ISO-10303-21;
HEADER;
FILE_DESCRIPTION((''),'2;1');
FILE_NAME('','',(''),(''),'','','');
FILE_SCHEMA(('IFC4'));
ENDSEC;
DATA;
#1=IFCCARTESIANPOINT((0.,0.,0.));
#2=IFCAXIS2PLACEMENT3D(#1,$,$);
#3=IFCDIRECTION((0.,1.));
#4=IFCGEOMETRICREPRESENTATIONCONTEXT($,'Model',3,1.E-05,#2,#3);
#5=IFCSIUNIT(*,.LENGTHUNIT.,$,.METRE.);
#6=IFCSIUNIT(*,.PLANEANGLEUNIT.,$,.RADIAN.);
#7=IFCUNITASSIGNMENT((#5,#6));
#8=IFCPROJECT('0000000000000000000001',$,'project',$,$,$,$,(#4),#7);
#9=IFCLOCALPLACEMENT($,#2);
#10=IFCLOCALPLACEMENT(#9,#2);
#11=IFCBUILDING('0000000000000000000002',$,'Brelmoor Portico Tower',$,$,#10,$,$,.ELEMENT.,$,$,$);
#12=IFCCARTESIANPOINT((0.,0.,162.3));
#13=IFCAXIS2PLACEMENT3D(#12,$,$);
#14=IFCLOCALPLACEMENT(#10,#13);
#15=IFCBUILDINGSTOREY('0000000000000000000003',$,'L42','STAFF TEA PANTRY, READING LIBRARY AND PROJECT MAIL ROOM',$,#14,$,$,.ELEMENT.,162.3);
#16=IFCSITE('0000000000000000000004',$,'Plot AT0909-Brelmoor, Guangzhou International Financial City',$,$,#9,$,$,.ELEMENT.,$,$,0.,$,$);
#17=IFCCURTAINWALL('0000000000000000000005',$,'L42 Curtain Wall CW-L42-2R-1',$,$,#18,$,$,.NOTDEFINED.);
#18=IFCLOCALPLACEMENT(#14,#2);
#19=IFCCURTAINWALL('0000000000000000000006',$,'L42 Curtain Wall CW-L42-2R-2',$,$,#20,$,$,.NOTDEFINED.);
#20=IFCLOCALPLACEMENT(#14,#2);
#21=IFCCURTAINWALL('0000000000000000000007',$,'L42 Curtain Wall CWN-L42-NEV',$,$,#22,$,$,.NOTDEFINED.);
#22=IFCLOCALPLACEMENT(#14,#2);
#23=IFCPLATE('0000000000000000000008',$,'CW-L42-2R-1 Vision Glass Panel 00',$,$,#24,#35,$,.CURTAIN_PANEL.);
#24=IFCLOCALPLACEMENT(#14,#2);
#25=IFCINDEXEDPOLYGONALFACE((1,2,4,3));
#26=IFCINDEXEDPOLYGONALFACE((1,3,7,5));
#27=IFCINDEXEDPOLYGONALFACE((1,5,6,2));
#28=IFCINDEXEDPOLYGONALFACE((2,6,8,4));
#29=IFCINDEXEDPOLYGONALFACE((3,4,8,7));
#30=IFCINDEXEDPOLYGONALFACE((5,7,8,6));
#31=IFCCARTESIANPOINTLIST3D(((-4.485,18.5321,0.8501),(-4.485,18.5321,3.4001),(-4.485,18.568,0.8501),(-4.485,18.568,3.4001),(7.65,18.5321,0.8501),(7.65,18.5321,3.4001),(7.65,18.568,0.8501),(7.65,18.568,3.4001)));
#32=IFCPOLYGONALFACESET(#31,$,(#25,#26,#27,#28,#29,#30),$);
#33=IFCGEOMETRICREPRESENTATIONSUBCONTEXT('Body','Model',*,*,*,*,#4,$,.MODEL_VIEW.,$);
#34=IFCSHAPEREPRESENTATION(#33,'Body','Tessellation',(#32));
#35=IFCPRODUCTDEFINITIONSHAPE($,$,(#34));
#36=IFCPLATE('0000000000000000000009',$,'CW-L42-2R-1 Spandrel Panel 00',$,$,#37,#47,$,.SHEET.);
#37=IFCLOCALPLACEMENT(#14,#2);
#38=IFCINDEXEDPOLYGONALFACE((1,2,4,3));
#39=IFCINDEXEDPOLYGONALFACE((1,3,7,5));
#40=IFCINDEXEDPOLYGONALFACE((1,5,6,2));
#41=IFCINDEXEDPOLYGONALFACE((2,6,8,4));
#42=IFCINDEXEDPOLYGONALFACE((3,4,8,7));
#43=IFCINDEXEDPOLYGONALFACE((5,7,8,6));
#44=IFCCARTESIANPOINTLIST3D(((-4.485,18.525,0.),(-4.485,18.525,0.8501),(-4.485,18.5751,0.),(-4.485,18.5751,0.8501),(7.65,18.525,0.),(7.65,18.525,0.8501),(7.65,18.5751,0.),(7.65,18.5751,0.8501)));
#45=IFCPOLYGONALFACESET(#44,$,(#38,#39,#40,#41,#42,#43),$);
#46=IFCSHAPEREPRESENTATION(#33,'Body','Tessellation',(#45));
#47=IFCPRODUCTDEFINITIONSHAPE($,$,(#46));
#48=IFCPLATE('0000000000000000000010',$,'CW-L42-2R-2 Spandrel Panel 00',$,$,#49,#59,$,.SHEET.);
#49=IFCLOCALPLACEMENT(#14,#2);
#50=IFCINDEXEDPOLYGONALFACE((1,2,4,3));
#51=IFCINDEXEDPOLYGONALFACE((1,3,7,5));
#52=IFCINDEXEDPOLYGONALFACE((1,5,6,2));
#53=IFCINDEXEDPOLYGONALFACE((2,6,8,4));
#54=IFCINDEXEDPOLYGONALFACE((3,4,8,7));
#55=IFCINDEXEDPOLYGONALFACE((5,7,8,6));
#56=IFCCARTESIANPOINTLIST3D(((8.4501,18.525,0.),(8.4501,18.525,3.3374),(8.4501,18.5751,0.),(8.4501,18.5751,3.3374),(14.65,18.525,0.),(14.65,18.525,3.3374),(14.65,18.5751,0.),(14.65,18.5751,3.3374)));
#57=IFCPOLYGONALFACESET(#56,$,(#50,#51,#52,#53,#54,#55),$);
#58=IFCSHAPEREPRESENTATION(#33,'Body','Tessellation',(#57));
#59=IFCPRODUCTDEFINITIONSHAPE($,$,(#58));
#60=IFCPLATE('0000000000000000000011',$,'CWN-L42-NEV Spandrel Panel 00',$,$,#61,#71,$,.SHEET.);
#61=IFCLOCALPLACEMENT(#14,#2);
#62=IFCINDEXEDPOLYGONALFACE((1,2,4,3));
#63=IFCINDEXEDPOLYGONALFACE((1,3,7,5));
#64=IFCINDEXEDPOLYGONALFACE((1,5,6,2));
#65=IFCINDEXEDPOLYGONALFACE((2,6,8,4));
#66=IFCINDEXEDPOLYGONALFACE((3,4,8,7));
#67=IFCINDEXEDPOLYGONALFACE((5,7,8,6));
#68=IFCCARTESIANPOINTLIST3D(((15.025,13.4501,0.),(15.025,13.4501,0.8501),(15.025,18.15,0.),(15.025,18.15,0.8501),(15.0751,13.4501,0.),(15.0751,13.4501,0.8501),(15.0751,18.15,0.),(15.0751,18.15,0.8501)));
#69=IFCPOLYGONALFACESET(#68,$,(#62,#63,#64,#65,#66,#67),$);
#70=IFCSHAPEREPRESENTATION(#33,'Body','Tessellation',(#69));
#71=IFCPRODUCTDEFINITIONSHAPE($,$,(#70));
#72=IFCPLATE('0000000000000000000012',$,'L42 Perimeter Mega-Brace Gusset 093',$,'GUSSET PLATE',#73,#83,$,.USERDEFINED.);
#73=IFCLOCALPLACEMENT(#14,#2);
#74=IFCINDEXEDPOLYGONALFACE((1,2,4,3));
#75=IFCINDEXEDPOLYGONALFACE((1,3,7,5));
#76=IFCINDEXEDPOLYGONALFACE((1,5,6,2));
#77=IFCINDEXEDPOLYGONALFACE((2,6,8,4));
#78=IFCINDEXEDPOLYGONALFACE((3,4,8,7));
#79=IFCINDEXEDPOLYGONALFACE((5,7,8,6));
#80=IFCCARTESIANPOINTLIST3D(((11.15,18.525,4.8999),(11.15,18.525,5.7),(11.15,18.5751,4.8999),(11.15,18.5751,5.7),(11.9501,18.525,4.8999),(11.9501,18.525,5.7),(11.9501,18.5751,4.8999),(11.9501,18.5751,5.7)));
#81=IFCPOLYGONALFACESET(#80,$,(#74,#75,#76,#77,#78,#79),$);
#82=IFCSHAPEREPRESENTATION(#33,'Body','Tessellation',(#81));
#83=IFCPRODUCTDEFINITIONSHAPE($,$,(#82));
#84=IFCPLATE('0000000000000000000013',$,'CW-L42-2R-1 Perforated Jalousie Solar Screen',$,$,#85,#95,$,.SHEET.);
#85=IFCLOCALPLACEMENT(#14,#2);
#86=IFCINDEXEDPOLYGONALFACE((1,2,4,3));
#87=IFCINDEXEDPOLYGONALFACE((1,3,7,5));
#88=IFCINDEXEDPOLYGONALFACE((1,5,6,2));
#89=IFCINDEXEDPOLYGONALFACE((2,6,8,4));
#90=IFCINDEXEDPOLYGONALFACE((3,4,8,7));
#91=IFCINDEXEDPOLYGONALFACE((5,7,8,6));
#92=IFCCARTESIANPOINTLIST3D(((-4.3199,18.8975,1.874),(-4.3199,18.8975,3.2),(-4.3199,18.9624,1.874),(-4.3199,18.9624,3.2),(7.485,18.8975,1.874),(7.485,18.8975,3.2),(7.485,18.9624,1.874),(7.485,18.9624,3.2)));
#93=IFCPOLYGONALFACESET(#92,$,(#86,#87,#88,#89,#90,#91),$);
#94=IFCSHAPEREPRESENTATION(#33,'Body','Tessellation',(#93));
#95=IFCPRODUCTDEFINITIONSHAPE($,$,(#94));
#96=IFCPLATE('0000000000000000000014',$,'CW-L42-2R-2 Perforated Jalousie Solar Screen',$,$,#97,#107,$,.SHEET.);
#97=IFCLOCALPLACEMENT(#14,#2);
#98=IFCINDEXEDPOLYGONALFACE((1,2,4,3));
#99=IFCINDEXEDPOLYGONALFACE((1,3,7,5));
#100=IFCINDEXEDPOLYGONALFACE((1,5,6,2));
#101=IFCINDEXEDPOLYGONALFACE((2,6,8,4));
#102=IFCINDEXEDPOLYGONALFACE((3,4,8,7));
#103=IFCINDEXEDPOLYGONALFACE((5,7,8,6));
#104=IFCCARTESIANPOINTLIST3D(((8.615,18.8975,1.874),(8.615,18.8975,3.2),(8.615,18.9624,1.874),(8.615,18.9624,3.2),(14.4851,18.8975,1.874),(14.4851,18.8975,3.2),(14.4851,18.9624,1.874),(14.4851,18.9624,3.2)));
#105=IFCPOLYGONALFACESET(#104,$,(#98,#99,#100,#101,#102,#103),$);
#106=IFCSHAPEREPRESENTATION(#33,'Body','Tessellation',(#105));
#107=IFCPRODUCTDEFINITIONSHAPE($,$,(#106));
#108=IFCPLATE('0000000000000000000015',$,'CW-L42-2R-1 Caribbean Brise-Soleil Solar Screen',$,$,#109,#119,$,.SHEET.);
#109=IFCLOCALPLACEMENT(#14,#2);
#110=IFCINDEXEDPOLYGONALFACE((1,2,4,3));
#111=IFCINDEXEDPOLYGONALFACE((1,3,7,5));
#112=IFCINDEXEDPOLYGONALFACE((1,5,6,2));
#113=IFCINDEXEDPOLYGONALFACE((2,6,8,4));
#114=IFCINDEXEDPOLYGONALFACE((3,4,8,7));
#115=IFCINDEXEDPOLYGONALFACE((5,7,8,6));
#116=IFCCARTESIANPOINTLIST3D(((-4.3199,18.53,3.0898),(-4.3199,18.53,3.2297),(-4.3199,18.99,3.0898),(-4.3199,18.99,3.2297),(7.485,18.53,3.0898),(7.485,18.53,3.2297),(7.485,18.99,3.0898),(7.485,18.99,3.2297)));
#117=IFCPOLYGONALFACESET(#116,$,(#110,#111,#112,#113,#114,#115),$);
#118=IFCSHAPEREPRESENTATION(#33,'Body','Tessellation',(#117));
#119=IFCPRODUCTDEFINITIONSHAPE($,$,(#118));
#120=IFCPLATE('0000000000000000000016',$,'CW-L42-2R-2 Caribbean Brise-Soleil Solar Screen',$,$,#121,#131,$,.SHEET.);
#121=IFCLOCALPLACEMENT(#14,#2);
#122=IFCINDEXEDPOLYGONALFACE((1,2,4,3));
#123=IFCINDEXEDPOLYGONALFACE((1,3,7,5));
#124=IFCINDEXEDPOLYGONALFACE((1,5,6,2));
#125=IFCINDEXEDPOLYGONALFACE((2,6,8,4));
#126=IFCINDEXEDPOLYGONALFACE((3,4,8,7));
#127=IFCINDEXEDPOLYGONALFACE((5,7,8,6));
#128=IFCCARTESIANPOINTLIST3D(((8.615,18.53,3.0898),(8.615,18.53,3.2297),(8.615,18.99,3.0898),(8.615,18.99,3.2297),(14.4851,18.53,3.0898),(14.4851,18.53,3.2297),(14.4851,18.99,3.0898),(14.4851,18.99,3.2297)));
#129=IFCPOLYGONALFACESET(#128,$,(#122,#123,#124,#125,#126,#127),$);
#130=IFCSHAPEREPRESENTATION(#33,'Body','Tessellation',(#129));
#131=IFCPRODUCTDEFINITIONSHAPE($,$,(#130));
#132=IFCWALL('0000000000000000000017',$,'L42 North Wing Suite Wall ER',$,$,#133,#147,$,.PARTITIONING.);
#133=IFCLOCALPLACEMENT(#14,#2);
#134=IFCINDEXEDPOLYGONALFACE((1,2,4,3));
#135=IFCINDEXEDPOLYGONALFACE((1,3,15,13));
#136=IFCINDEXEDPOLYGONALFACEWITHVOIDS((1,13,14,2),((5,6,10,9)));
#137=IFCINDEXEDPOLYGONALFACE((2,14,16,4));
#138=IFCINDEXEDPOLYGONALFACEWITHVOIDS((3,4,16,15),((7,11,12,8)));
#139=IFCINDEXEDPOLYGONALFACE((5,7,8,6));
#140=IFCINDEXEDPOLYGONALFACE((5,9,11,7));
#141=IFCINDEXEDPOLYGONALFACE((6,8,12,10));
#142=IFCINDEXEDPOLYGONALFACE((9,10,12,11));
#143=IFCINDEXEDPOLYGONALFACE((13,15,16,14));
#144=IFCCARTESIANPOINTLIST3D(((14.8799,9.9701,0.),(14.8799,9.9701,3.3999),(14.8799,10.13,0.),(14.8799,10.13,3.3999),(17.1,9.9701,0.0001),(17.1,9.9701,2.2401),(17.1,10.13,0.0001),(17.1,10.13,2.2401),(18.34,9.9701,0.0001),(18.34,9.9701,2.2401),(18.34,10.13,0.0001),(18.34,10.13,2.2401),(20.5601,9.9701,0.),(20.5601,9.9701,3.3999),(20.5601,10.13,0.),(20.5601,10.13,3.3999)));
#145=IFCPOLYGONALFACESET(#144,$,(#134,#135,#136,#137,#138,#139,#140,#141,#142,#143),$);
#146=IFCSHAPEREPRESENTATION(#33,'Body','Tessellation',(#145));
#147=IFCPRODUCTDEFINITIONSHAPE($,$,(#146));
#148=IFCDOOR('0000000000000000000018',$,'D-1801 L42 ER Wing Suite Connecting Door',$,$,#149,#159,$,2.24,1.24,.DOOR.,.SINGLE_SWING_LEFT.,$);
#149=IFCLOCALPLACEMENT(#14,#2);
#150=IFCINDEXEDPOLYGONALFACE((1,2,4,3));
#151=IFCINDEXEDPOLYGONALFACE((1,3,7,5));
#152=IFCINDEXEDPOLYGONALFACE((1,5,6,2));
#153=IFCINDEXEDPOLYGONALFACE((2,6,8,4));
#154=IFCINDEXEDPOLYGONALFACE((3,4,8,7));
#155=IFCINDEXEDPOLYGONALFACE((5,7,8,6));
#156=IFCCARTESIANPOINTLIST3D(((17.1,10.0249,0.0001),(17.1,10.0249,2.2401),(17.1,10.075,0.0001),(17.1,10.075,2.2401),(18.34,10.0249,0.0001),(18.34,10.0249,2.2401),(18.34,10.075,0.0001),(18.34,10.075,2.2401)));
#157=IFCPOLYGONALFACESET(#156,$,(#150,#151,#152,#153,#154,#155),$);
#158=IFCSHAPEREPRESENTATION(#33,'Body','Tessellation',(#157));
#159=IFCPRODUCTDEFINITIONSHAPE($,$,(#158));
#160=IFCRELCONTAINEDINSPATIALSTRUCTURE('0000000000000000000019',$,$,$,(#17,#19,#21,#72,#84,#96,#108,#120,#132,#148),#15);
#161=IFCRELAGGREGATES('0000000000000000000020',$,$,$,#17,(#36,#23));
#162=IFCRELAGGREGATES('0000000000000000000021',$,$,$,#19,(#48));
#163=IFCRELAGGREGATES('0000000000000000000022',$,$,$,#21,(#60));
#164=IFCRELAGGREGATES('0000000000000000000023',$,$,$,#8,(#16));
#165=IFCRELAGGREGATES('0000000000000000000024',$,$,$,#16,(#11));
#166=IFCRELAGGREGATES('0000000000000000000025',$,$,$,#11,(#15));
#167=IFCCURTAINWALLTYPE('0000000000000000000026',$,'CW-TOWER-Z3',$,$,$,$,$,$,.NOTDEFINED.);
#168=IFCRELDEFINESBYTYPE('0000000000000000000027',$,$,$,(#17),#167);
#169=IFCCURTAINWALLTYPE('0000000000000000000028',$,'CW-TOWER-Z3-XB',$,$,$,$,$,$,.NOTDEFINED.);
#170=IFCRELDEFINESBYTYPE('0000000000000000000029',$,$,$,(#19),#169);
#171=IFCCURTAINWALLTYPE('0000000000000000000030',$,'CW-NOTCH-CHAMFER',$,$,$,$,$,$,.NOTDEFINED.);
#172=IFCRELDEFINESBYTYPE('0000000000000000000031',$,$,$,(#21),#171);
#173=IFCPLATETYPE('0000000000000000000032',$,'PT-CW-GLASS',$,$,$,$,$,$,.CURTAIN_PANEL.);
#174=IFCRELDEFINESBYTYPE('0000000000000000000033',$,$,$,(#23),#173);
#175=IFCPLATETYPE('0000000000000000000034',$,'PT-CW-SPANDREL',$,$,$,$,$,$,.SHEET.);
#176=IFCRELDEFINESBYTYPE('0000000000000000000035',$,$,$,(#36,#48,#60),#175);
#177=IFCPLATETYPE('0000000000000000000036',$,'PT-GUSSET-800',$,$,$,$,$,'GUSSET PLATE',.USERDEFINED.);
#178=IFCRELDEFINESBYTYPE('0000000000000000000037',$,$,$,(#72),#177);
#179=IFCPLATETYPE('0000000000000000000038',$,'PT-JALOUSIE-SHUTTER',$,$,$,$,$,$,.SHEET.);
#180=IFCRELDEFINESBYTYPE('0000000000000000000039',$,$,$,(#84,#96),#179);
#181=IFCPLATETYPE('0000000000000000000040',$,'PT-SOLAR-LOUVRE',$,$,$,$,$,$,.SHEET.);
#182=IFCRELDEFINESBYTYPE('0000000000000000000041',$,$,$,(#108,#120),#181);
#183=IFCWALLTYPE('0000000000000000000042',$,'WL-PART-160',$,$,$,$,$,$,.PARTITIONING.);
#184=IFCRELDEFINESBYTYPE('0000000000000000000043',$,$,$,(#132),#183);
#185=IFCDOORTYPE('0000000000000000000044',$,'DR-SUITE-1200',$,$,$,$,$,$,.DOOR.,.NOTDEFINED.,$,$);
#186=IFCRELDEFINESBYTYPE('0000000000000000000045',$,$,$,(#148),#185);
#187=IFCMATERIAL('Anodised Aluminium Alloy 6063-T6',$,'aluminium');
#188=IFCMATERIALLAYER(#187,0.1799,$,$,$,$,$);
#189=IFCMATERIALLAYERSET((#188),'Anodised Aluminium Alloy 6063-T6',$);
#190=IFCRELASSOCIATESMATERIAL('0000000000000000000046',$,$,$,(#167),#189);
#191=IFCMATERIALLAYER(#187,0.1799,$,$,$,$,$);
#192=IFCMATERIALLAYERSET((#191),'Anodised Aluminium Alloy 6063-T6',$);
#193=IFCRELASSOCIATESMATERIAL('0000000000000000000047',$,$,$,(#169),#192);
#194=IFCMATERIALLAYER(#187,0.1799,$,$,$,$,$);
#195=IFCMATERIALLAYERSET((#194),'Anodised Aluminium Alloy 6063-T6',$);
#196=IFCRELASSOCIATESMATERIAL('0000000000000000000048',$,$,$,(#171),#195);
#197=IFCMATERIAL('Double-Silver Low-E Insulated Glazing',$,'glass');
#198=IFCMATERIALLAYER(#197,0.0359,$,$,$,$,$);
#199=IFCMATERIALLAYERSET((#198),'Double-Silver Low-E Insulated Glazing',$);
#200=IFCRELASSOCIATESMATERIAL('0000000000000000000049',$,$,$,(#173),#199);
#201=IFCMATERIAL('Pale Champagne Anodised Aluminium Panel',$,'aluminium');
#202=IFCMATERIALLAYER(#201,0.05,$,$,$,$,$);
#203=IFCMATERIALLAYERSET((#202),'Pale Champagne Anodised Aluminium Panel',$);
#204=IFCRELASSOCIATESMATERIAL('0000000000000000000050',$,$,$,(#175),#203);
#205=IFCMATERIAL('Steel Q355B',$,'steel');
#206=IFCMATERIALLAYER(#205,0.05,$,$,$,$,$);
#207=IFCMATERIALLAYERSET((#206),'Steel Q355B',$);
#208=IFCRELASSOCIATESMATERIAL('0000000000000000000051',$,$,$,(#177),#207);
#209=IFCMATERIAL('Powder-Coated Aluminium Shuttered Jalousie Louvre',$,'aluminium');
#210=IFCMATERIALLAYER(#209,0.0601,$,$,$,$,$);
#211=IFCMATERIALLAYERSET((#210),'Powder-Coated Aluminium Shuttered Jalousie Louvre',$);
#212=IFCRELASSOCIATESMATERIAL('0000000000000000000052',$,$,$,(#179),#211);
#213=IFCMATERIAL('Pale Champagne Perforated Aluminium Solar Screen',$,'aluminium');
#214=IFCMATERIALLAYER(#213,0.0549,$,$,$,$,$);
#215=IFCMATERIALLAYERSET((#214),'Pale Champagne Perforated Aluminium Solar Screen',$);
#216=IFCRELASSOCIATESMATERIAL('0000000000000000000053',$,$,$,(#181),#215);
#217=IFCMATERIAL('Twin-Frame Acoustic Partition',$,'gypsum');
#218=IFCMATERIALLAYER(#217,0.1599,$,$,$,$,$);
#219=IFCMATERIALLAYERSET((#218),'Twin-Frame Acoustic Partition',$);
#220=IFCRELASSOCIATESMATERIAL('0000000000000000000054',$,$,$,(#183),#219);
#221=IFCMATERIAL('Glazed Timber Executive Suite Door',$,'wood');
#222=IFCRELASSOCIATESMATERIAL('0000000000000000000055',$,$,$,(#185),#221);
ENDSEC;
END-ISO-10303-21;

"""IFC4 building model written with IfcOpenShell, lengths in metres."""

from ifc_helpers import new_model, si_unit, direction, frame, frame_2d, origin, origin_2d, place, context, subcontext, project, spatial, rectangle, extrude, material, layer, layer_set, type_object, element, fill, aggregate, save


model = new_model("IFC4")

# Units and contexts
model_context = context("Model", 3, precision=1e-05, world=origin(), true_north=direction((0.0, 1.0)))
body_context = subcontext(model_context, "Body", "Model", "MODEL_VIEW")
ifc_project = project(units=[si_unit("LENGTHUNIT", "METRE"), si_unit("PLANEANGLEUNIT", "RADIAN")], contexts=[model_context])

# Site, building, storey
site_placement = place(None, origin())
site = spatial("IfcSite", under=ifc_project, at=site_placement, Name="Plot AT0909-Brelmoor, Guangzhou International Financial City", CompositionType="ELEMENT", RefElevation=0.0)
building_placement = place(site_placement, origin())
building = spatial("IfcBuilding", under=site, at=building_placement, Name="Brelmoor Portico Tower", CompositionType="ELEMENT")
storey_placement = place(building_placement, frame((0.0, 0.0, 162.3)))
storey = spatial("IfcBuildingStorey", under=building, at=storey_placement, Name="L42", Description="STAFF TEA PANTRY, READING LIBRARY AND PROJECT MAIL ROOM", CompositionType="ELEMENT", Elevation=162.3)

# Shared definitions
ifc_material_1 = material(Name="Steel Q355B", Category="steel")

# Curtain wall
ifc_material_2 = material(Name="Anodised Aluminium Alloy 6063-T6", Category="aluminium")
ifc_layer_1 = layer(ifc_material_2, 0.1799)
ifc_layer_set_1 = layer_set([ifc_layer_1], Name="Anodised Aluminium Alloy 6063-T6")
curtain_wall_type_1 = type_object("IfcCurtainWallType", Name="CW-TOWER-Z3", PredefinedType="NOTDEFINED", material=ifc_layer_set_1)
curtain_wall_1_placement = place(storey_placement, origin())
curtain_wall_1 = element("IfcCurtainWall", 1, at=curtain_wall_1_placement, inside=storey, type_object=curtain_wall_type_1, Name="L42 Curtain Wall CW-L42-2R-1", PredefinedType="NOTDEFINED")

# Curtain wall
ifc_layer_2 = layer(ifc_material_2, 0.1799)
ifc_layer_set_2 = layer_set([ifc_layer_2], Name="Anodised Aluminium Alloy 6063-T6")
curtain_wall_type_2 = type_object("IfcCurtainWallType", Name="CW-TOWER-Z3-XB", PredefinedType="NOTDEFINED", material=ifc_layer_set_2)
curtain_wall_2_placement = place(storey_placement, origin())
curtain_wall_2 = element("IfcCurtainWall", 2, at=curtain_wall_2_placement, inside=storey, type_object=curtain_wall_type_2, Name="L42 Curtain Wall CW-L42-2R-2", PredefinedType="NOTDEFINED")

# Curtain wall
ifc_layer_3 = layer(ifc_material_2, 0.1799)
ifc_layer_set_3 = layer_set([ifc_layer_3], Name="Anodised Aluminium Alloy 6063-T6")
curtain_wall_type_3 = type_object("IfcCurtainWallType", Name="CW-NOTCH-CHAMFER", PredefinedType="NOTDEFINED", material=ifc_layer_set_3)
curtain_wall_3_placement = place(storey_placement, origin())
curtain_wall_3 = element("IfcCurtainWall", 3, at=curtain_wall_3_placement, inside=storey, type_object=curtain_wall_type_3, Name="L42 Curtain Wall CWN-L42-NEV", PredefinedType="NOTDEFINED")

# Plates
ifc_material_3 = material(Name="Double-Silver Low-E Insulated Glazing", Category="glass")
ifc_layer_4 = layer(ifc_material_3, 0.0359)
ifc_layer_set_4 = layer_set([ifc_layer_4], Name="Double-Silver Low-E Insulated Glazing")
plate_type_1 = type_object("IfcPlateType", Name="PT-CW-GLASS", PredefinedType="CURTAIN_PANEL", material=ifc_layer_set_4)
plate_1_placement = place(storey_placement, frame((1.5825, 18.55, 0.8501), z_axis=(0.0, 0.0, 1.0), x_axis=(1.0, 0.0, 0.0)))
plate_1 = element("IfcPlate", 4, at=plate_1_placement, type_object=plate_type_1, Name="CW-L42-2R-1 Vision Glass Panel 00", PredefinedType="CURTAIN_PANEL", context=body_context, shape_type="SweptSolid", body=[
    extrude(rectangle(XDim=12.135, YDim=0.0359, at=origin_2d()), origin(), (0.0, 0.0, 1.0), 2.55),
])
ifc_material_4 = material(Name="Pale Champagne Anodised Aluminium Panel", Category="aluminium")
ifc_layer_5 = layer(ifc_material_4, 0.05)
ifc_layer_set_5 = layer_set([ifc_layer_5], Name="Pale Champagne Anodised Aluminium Panel")
plate_type_2 = type_object("IfcPlateType", Name="PT-CW-SPANDREL", PredefinedType="SHEET", material=ifc_layer_set_5)
plate_2_placement = place(storey_placement, frame((1.5825, 18.55, 0.0), z_axis=(0.0, 0.0, 1.0), x_axis=(1.0, 0.0, 0.0)))
plate_2 = element("IfcPlate", 5, at=plate_2_placement, type_object=plate_type_2, Name="CW-L42-2R-1 Spandrel Panel 00", PredefinedType="SHEET", context=body_context, shape_type="SweptSolid", body=[
    extrude(rectangle(XDim=12.135, YDim=0.05, at=origin_2d()), origin(), (0.0, 0.0, 1.0), 0.8501),
])
aggregate(curtain_wall_1, [plate_2, plate_1])
plate_3_placement = place(storey_placement, frame((11.55, 18.55, 0.0), z_axis=(0.0, 0.0, 1.0), x_axis=(1.0, 0.0, 0.0)))
plate_3 = element("IfcPlate", 6, at=plate_3_placement, type_object=plate_type_2, Name="CW-L42-2R-2 Spandrel Panel 00", PredefinedType="SHEET", context=body_context, shape_type="SweptSolid", body=[
    extrude(rectangle(XDim=6.2, YDim=0.05, at=origin_2d()), origin(), (0.0, 0.0, 1.0), 3.3374),
])
aggregate(curtain_wall_2, [plate_3])
plate_4_placement = place(storey_placement, frame((15.05, 15.8, 0.0), z_axis=(0.0, 0.0, 1.0), x_axis=(0.0, 1.0, 0.0)))
plate_4 = element("IfcPlate", 7, at=plate_4_placement, type_object=plate_type_2, Name="CWN-L42-NEV Spandrel Panel 00", PredefinedType="SHEET", context=body_context, shape_type="SweptSolid", body=[
    extrude(rectangle(XDim=4.7, YDim=0.05, at=origin_2d()), origin(), (0.0, 0.0, 1.0), 0.8501),
])
aggregate(curtain_wall_3, [plate_4])

# Plates
ifc_layer_6 = layer(ifc_material_1, 0.05)
ifc_layer_set_6 = layer_set([ifc_layer_6], Name="Steel Q355B")
plate_type_3 = type_object("IfcPlateType", Name="PT-GUSSET-800", ElementType="GUSSET PLATE", PredefinedType="USERDEFINED", material=ifc_layer_set_6)
plate_5_placement = place(storey_placement, frame((11.55, 18.55, 4.8999), z_axis=(0.0, 0.0, 1.0), x_axis=(1.0, 0.0, 0.0)))
element("IfcPlate", 8, at=plate_5_placement, inside=storey, type_object=plate_type_3, Name="L42 Perimeter Mega-Brace Gusset 093", ObjectType="GUSSET PLATE", PredefinedType="USERDEFINED", context=body_context, shape_type="SweptSolid", body=[
    extrude(rectangle(XDim=0.8, YDim=0.05, at=origin_2d()), origin(), (0.0, 0.0, 1.0), 0.8),
])
ifc_material_5 = material(Name="Powder-Coated Aluminium Shuttered Jalousie Louvre", Category="aluminium")
ifc_layer_7 = layer(ifc_material_5, 0.0601)
ifc_layer_set_7 = layer_set([ifc_layer_7], Name="Powder-Coated Aluminium Shuttered Jalousie Louvre")
plate_type_4 = type_object("IfcPlateType", Name="PT-JALOUSIE-SHUTTER", PredefinedType="SHEET", material=ifc_layer_set_7)
plate_6_placement = place(storey_placement, frame((1.5825, 18.9299, 1.874), z_axis=(0.0, 0.0, 1.0), x_axis=(1.0, 0.0, 0.0)))
element("IfcPlate", 9, at=plate_6_placement, inside=storey, type_object=plate_type_4, Name="CW-L42-2R-1 Perforated Jalousie Solar Screen", PredefinedType="SHEET", context=body_context, shape_type="SweptSolid", body=[
    extrude(rectangle(XDim=11.8049, YDim=0.0649, at=origin_2d()), origin(), (0.0, 0.0, 1.0), 1.3259),
])
plate_7_placement = place(storey_placement, frame((11.55, 18.9299, 1.874), z_axis=(0.0, 0.0, 1.0), x_axis=(1.0, 0.0, 0.0)))
element("IfcPlate", 10, at=plate_7_placement, inside=storey, type_object=plate_type_4, Name="CW-L42-2R-2 Perforated Jalousie Solar Screen", PredefinedType="SHEET", context=body_context, shape_type="SweptSolid", body=[
    extrude(rectangle(XDim=5.8701, YDim=0.0649, at=origin_2d()), origin(), (0.0, 0.0, 1.0), 1.3259),
])
ifc_material_6 = material(Name="Pale Champagne Perforated Aluminium Solar Screen", Category="aluminium")
ifc_layer_8 = layer(ifc_material_6, 0.0549)
ifc_layer_set_8 = layer_set([ifc_layer_8], Name="Pale Champagne Perforated Aluminium Solar Screen")
plate_type_5 = type_object("IfcPlateType", Name="PT-SOLAR-LOUVRE", PredefinedType="SHEET", material=ifc_layer_set_8)
plate_8_placement = place(storey_placement, frame((1.5825, 18.76, 3.0898), z_axis=(0.0, 0.0, 1.0), x_axis=(1.0, 0.0, 0.0)))
element("IfcPlate", 11, at=plate_8_placement, inside=storey, type_object=plate_type_5, Name="CW-L42-2R-1 Caribbean Brise-Soleil Solar Screen", PredefinedType="SHEET", context=body_context, shape_type="SweptSolid", body=[
    extrude(rectangle(XDim=11.8049, YDim=0.46, at=origin_2d()), origin(), (0.0, 0.0, 1.0), 0.1399),
])
plate_9_placement = place(storey_placement, frame((11.55, 18.76, 3.0898), z_axis=(0.0, 0.0, 1.0), x_axis=(1.0, 0.0, 0.0)))
element("IfcPlate", 12, at=plate_9_placement, inside=storey, type_object=plate_type_5, Name="CW-L42-2R-2 Caribbean Brise-Soleil Solar Screen", PredefinedType="SHEET", context=body_context, shape_type="SweptSolid", body=[
    extrude(rectangle(XDim=5.8701, YDim=0.46, at=origin_2d()), origin(), (0.0, 0.0, 1.0), 0.1399),
])

# Wall, opening, door
ifc_material_7 = material(Name="Twin-Frame Acoustic Partition", Category="gypsum")
ifc_layer_9 = layer(ifc_material_7, 0.1599)
ifc_layer_set_9 = layer_set([ifc_layer_9], Name="Twin-Frame Acoustic Partition")
wall_type = type_object("IfcWallType", Name="WL-PART-160", PredefinedType="PARTITIONING", material=ifc_layer_set_9)
wall_placement = place(storey_placement, frame((14.8799, 10.05, 0.0), z_axis=(0.0, 0.0, 1.0), x_axis=(1.0, 0.0, 0.0)))
wall = element("IfcWall", 13, at=wall_placement, inside=storey, type_object=wall_type, Name="L42 North Wing Suite Wall ER", PredefinedType="PARTITIONING", context=body_context, shape_type="SweptSolid", body=[
    extrude(rectangle(XDim=5.6802, YDim=0.1599, at=frame_2d((2.8401, 0.0))), origin(), (0.0, 0.0, 1.0), 3.3999),
])
opening_placement = place(wall_placement, frame((2.22, 0.0, 0.0)))
opening = element("IfcOpeningElement", 14, at=opening_placement, cuts=wall, PredefinedType="OPENING", context=body_context, shape_type="SweptSolid", body=[
    extrude(rectangle(XDim=1.24, YDim=2.24, at=frame_2d((0.6201, 1.1201))), frame((0.0, 0.0898, 0.0), z_axis=(0.0, -1.0, 0.0), x_axis=(1.0, 0.0, 0.0)), (0.0, 0.0, 1.0), 0.1799),
])
ifc_material_8 = material(Name="Glazed Timber Executive Suite Door", Category="wood")
door_type = type_object("IfcDoorType", Name="DR-SUITE-1200", OperationType="NOTDEFINED", PredefinedType="DOOR", material=ifc_material_8)
door_placement = place(opening_placement, origin())
door = element("IfcDoor", 15, at=door_placement, inside=storey, type_object=door_type, Name="D-1801 L42 ER Wing Suite Connecting Door", OperationType="SINGLE_SWING_LEFT", OverallHeight=2.24, OverallWidth=1.24, PredefinedType="DOOR", context=body_context, shape_type="SweptSolid", body=[
    extrude(rectangle(XDim=1.24, YDim=2.24, at=frame_2d((0.6201, 1.1201))), frame((0.0, 0.0249, 0.0), z_axis=(0.0, -1.0, 0.0), x_axis=(1.0, 0.0, 0.0)), (0.0, 0.0, 1.0), 0.05),
])
fill(opening, door)

save(model, "model.ifc")
